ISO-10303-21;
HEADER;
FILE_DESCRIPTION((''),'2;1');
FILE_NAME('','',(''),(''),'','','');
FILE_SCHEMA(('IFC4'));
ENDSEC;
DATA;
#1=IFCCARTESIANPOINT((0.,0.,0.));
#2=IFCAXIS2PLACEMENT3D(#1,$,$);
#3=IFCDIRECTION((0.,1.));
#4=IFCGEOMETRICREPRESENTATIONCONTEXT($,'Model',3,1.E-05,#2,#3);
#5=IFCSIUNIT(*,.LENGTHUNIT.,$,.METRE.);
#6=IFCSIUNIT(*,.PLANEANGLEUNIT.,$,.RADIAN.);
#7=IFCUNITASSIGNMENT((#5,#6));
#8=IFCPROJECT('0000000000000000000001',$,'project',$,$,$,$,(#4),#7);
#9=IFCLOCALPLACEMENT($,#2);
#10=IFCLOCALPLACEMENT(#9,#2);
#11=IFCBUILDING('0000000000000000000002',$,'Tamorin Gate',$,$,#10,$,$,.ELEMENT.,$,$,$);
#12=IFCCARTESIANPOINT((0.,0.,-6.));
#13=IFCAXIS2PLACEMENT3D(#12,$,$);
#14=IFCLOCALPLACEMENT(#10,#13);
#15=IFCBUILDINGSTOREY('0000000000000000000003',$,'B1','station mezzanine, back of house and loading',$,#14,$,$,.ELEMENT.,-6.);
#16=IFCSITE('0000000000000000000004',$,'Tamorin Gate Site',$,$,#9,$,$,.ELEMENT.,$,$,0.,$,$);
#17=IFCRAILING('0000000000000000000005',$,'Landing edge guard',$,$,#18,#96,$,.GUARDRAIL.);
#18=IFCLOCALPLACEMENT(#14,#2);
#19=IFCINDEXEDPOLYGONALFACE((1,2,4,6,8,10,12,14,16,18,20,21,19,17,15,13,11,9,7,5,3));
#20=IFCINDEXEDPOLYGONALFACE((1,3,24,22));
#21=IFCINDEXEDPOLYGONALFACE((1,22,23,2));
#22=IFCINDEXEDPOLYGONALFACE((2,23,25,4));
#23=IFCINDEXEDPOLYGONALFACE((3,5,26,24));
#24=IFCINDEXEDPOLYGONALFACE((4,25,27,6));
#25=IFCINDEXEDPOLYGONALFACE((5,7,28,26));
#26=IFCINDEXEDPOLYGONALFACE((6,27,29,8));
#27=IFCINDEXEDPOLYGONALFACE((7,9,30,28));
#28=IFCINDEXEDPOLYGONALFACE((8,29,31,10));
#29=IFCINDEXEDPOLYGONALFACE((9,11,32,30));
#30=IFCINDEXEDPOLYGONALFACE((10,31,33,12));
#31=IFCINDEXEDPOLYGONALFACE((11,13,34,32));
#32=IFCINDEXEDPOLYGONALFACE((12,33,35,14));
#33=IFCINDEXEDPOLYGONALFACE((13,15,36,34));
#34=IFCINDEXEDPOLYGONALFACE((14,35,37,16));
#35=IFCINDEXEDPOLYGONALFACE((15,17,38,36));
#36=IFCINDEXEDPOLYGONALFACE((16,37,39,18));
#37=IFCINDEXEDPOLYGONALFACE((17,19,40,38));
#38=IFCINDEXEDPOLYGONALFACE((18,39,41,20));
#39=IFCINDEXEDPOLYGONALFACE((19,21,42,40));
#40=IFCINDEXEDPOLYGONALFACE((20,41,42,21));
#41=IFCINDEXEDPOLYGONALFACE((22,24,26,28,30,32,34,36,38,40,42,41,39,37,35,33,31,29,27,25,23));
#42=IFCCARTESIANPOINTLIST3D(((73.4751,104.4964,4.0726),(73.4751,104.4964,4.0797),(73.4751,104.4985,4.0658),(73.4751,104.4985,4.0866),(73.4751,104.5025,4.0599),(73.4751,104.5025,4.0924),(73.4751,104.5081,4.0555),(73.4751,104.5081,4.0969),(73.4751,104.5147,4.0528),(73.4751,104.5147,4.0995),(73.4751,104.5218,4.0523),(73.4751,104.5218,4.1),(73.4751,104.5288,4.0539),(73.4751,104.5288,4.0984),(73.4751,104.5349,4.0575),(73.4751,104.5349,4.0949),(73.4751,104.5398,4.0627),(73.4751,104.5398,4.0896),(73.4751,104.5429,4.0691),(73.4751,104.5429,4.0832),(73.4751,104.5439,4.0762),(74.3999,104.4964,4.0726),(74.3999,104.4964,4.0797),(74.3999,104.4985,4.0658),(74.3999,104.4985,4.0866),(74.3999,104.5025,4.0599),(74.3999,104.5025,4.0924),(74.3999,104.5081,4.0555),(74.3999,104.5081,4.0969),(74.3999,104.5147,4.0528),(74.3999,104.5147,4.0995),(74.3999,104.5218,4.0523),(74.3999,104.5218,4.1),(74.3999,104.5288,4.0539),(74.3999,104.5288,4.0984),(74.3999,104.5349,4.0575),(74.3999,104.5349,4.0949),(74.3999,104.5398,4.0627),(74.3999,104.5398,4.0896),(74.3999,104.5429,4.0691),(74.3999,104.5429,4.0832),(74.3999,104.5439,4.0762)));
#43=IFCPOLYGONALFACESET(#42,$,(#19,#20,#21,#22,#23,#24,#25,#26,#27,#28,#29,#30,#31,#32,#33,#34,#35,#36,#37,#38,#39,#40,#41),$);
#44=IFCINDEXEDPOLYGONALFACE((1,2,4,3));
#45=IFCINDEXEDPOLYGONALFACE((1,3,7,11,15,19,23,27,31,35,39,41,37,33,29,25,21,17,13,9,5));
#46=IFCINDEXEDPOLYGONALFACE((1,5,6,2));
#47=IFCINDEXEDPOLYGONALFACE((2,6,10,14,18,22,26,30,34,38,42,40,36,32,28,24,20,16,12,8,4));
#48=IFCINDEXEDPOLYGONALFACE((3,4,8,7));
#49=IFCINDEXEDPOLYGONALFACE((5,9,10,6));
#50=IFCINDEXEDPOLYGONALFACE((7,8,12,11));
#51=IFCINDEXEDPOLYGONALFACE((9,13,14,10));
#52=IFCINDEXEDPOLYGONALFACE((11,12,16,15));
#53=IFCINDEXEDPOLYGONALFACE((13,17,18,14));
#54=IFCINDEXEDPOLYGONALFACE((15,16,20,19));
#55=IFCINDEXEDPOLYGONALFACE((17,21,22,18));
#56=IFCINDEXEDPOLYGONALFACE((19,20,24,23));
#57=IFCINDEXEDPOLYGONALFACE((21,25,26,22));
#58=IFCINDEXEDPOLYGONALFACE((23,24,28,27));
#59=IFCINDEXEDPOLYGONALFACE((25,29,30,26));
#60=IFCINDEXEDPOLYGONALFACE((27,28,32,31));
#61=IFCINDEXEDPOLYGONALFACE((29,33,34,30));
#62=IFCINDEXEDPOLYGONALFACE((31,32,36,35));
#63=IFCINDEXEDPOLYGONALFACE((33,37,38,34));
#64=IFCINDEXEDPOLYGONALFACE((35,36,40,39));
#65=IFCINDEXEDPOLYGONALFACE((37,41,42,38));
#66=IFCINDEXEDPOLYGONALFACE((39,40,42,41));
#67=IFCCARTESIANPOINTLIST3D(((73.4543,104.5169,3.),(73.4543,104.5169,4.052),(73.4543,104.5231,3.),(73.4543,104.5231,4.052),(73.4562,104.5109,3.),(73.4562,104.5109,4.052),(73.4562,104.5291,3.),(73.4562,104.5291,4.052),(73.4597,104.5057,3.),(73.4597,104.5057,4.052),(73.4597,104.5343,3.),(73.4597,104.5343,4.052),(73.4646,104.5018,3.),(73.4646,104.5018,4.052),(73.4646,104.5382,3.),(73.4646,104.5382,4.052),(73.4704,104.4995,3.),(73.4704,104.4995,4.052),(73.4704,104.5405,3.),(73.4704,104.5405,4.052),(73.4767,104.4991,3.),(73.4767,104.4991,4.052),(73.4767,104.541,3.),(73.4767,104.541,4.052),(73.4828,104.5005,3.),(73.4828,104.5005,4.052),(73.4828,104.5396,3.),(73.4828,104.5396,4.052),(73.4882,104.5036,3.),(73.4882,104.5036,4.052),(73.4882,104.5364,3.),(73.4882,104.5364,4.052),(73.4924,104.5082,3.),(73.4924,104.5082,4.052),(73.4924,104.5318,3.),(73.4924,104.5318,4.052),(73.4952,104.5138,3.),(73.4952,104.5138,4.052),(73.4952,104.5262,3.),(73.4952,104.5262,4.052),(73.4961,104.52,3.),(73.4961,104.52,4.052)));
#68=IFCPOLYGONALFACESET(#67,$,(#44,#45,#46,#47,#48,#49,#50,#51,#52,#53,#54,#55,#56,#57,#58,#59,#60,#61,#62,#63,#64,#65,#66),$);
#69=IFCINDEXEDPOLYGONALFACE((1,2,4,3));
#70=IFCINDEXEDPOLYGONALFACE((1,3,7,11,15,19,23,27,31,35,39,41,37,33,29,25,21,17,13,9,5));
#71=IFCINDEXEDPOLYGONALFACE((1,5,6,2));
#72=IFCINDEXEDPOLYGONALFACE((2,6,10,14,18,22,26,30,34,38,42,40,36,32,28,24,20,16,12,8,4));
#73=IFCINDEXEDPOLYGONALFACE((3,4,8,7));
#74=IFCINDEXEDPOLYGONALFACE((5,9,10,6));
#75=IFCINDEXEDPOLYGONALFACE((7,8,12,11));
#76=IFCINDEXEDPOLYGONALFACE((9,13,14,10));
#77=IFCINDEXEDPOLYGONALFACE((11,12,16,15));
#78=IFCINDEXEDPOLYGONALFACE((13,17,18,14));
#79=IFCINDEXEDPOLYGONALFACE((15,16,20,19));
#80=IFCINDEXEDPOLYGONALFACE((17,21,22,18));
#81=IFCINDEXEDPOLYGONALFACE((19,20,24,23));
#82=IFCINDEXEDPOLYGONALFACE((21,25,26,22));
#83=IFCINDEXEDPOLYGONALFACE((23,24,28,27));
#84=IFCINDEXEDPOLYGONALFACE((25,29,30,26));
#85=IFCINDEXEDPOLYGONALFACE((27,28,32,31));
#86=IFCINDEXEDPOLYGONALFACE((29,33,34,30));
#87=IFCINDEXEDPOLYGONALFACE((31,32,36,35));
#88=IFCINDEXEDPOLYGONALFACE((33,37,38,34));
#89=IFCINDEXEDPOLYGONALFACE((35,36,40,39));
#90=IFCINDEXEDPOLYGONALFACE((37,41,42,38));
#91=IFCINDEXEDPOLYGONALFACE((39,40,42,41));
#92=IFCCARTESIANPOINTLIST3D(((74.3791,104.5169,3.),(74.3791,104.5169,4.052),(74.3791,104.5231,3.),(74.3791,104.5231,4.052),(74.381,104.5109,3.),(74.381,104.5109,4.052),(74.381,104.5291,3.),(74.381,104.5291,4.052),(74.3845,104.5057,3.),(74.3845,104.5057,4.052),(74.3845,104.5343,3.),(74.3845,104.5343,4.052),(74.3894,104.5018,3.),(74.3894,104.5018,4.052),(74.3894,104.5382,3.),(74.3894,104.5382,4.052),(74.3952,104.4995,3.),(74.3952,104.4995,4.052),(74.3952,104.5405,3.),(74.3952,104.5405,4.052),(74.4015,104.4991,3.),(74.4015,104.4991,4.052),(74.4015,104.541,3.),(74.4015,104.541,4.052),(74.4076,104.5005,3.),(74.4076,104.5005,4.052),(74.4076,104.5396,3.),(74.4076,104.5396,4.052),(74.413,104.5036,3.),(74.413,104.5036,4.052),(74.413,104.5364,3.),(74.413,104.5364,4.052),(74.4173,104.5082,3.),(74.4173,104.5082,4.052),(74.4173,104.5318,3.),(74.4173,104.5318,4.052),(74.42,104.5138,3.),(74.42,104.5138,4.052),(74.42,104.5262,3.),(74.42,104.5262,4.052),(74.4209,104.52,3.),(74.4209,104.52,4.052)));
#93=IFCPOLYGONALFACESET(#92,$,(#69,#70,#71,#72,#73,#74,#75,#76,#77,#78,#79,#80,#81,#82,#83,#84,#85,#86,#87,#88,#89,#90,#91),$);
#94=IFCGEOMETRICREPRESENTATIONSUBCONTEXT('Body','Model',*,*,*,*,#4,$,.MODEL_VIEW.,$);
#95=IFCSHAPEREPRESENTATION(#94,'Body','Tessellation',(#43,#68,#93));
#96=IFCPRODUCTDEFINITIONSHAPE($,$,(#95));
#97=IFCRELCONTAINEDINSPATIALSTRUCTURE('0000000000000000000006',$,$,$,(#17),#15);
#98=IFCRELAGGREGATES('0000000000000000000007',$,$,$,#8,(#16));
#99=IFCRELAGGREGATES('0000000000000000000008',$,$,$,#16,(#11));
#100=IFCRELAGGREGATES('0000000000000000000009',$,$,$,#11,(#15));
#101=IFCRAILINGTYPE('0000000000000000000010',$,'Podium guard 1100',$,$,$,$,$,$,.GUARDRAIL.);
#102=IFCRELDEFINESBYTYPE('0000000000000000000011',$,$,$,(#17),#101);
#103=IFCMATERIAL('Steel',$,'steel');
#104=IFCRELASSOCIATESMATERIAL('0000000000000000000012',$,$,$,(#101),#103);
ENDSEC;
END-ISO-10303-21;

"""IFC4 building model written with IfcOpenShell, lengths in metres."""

from ifc_helpers import new_model, si_unit, direction, frame, origin, origin_2d, place, context, subcontext, project, spatial, circle, extrude, material, type_object, element, save


model = new_model("IFC4")

# Units and contexts
model_context = context("Model", 3, precision=1e-05, world=origin(), true_north=direction((0.0, 1.0)))
body_context = subcontext(model_context, "Body", "Model", "MODEL_VIEW")
ifc_project = project(units=[si_unit("LENGTHUNIT", "METRE"), si_unit("PLANEANGLEUNIT", "RADIAN")], contexts=[model_context])

# Site, building, storey
site_placement = place(None, origin())
site = spatial("IfcSite", under=ifc_project, at=site_placement, Name="Tamorin Gate Site", CompositionType="ELEMENT", RefElevation=0.0)
building_placement = place(site_placement, origin())
building = spatial("IfcBuilding", under=site, at=building_placement, Name="Tamorin Gate", CompositionType="ELEMENT")
storey_placement = place(building_placement, frame((0.0, 0.0, -6.0)))
storey = spatial("IfcBuildingStorey", under=building, at=storey_placement, Name="B1", Description="station mezzanine, back of house and loading", CompositionType="ELEMENT", Elevation=-6.0)

# Railing
ifc_material_1 = material(Name="Steel", Category="steel")
railing_type_1 = type_object("IfcRailingType", Name="Podium guard 1100", PredefinedType="GUARDRAIL", material=ifc_material_1)
railing_1_placement = place(storey_placement, frame((73.4751, 104.52, 3.0)))
element("IfcRailing", 1, at=railing_1_placement, inside=storey, type_object=railing_type_1, Name="Landing edge guard", PredefinedType="GUARDRAIL", context=body_context, shape_type="SweptSolid", body=[
    extrude(circle(Radius=0.0239, at=origin_2d()), frame((0.0, 0.0, 1.0762), z_axis=(1.0, 0.0, 0.0), x_axis=(0.0, 1.0, 0.0)), (0.0, 0.0, 1.0), 0.9248),
    extrude(circle(Radius=0.021, at=origin_2d()), origin(), (0.0, 0.0, 1.0), 1.052),
    extrude(circle(Radius=0.021, at=origin_2d()), frame((0.9248, 0.0, 0.0)), (0.0, 0.0, 1.0), 1.052),
])

save(model, "model.ifc")
